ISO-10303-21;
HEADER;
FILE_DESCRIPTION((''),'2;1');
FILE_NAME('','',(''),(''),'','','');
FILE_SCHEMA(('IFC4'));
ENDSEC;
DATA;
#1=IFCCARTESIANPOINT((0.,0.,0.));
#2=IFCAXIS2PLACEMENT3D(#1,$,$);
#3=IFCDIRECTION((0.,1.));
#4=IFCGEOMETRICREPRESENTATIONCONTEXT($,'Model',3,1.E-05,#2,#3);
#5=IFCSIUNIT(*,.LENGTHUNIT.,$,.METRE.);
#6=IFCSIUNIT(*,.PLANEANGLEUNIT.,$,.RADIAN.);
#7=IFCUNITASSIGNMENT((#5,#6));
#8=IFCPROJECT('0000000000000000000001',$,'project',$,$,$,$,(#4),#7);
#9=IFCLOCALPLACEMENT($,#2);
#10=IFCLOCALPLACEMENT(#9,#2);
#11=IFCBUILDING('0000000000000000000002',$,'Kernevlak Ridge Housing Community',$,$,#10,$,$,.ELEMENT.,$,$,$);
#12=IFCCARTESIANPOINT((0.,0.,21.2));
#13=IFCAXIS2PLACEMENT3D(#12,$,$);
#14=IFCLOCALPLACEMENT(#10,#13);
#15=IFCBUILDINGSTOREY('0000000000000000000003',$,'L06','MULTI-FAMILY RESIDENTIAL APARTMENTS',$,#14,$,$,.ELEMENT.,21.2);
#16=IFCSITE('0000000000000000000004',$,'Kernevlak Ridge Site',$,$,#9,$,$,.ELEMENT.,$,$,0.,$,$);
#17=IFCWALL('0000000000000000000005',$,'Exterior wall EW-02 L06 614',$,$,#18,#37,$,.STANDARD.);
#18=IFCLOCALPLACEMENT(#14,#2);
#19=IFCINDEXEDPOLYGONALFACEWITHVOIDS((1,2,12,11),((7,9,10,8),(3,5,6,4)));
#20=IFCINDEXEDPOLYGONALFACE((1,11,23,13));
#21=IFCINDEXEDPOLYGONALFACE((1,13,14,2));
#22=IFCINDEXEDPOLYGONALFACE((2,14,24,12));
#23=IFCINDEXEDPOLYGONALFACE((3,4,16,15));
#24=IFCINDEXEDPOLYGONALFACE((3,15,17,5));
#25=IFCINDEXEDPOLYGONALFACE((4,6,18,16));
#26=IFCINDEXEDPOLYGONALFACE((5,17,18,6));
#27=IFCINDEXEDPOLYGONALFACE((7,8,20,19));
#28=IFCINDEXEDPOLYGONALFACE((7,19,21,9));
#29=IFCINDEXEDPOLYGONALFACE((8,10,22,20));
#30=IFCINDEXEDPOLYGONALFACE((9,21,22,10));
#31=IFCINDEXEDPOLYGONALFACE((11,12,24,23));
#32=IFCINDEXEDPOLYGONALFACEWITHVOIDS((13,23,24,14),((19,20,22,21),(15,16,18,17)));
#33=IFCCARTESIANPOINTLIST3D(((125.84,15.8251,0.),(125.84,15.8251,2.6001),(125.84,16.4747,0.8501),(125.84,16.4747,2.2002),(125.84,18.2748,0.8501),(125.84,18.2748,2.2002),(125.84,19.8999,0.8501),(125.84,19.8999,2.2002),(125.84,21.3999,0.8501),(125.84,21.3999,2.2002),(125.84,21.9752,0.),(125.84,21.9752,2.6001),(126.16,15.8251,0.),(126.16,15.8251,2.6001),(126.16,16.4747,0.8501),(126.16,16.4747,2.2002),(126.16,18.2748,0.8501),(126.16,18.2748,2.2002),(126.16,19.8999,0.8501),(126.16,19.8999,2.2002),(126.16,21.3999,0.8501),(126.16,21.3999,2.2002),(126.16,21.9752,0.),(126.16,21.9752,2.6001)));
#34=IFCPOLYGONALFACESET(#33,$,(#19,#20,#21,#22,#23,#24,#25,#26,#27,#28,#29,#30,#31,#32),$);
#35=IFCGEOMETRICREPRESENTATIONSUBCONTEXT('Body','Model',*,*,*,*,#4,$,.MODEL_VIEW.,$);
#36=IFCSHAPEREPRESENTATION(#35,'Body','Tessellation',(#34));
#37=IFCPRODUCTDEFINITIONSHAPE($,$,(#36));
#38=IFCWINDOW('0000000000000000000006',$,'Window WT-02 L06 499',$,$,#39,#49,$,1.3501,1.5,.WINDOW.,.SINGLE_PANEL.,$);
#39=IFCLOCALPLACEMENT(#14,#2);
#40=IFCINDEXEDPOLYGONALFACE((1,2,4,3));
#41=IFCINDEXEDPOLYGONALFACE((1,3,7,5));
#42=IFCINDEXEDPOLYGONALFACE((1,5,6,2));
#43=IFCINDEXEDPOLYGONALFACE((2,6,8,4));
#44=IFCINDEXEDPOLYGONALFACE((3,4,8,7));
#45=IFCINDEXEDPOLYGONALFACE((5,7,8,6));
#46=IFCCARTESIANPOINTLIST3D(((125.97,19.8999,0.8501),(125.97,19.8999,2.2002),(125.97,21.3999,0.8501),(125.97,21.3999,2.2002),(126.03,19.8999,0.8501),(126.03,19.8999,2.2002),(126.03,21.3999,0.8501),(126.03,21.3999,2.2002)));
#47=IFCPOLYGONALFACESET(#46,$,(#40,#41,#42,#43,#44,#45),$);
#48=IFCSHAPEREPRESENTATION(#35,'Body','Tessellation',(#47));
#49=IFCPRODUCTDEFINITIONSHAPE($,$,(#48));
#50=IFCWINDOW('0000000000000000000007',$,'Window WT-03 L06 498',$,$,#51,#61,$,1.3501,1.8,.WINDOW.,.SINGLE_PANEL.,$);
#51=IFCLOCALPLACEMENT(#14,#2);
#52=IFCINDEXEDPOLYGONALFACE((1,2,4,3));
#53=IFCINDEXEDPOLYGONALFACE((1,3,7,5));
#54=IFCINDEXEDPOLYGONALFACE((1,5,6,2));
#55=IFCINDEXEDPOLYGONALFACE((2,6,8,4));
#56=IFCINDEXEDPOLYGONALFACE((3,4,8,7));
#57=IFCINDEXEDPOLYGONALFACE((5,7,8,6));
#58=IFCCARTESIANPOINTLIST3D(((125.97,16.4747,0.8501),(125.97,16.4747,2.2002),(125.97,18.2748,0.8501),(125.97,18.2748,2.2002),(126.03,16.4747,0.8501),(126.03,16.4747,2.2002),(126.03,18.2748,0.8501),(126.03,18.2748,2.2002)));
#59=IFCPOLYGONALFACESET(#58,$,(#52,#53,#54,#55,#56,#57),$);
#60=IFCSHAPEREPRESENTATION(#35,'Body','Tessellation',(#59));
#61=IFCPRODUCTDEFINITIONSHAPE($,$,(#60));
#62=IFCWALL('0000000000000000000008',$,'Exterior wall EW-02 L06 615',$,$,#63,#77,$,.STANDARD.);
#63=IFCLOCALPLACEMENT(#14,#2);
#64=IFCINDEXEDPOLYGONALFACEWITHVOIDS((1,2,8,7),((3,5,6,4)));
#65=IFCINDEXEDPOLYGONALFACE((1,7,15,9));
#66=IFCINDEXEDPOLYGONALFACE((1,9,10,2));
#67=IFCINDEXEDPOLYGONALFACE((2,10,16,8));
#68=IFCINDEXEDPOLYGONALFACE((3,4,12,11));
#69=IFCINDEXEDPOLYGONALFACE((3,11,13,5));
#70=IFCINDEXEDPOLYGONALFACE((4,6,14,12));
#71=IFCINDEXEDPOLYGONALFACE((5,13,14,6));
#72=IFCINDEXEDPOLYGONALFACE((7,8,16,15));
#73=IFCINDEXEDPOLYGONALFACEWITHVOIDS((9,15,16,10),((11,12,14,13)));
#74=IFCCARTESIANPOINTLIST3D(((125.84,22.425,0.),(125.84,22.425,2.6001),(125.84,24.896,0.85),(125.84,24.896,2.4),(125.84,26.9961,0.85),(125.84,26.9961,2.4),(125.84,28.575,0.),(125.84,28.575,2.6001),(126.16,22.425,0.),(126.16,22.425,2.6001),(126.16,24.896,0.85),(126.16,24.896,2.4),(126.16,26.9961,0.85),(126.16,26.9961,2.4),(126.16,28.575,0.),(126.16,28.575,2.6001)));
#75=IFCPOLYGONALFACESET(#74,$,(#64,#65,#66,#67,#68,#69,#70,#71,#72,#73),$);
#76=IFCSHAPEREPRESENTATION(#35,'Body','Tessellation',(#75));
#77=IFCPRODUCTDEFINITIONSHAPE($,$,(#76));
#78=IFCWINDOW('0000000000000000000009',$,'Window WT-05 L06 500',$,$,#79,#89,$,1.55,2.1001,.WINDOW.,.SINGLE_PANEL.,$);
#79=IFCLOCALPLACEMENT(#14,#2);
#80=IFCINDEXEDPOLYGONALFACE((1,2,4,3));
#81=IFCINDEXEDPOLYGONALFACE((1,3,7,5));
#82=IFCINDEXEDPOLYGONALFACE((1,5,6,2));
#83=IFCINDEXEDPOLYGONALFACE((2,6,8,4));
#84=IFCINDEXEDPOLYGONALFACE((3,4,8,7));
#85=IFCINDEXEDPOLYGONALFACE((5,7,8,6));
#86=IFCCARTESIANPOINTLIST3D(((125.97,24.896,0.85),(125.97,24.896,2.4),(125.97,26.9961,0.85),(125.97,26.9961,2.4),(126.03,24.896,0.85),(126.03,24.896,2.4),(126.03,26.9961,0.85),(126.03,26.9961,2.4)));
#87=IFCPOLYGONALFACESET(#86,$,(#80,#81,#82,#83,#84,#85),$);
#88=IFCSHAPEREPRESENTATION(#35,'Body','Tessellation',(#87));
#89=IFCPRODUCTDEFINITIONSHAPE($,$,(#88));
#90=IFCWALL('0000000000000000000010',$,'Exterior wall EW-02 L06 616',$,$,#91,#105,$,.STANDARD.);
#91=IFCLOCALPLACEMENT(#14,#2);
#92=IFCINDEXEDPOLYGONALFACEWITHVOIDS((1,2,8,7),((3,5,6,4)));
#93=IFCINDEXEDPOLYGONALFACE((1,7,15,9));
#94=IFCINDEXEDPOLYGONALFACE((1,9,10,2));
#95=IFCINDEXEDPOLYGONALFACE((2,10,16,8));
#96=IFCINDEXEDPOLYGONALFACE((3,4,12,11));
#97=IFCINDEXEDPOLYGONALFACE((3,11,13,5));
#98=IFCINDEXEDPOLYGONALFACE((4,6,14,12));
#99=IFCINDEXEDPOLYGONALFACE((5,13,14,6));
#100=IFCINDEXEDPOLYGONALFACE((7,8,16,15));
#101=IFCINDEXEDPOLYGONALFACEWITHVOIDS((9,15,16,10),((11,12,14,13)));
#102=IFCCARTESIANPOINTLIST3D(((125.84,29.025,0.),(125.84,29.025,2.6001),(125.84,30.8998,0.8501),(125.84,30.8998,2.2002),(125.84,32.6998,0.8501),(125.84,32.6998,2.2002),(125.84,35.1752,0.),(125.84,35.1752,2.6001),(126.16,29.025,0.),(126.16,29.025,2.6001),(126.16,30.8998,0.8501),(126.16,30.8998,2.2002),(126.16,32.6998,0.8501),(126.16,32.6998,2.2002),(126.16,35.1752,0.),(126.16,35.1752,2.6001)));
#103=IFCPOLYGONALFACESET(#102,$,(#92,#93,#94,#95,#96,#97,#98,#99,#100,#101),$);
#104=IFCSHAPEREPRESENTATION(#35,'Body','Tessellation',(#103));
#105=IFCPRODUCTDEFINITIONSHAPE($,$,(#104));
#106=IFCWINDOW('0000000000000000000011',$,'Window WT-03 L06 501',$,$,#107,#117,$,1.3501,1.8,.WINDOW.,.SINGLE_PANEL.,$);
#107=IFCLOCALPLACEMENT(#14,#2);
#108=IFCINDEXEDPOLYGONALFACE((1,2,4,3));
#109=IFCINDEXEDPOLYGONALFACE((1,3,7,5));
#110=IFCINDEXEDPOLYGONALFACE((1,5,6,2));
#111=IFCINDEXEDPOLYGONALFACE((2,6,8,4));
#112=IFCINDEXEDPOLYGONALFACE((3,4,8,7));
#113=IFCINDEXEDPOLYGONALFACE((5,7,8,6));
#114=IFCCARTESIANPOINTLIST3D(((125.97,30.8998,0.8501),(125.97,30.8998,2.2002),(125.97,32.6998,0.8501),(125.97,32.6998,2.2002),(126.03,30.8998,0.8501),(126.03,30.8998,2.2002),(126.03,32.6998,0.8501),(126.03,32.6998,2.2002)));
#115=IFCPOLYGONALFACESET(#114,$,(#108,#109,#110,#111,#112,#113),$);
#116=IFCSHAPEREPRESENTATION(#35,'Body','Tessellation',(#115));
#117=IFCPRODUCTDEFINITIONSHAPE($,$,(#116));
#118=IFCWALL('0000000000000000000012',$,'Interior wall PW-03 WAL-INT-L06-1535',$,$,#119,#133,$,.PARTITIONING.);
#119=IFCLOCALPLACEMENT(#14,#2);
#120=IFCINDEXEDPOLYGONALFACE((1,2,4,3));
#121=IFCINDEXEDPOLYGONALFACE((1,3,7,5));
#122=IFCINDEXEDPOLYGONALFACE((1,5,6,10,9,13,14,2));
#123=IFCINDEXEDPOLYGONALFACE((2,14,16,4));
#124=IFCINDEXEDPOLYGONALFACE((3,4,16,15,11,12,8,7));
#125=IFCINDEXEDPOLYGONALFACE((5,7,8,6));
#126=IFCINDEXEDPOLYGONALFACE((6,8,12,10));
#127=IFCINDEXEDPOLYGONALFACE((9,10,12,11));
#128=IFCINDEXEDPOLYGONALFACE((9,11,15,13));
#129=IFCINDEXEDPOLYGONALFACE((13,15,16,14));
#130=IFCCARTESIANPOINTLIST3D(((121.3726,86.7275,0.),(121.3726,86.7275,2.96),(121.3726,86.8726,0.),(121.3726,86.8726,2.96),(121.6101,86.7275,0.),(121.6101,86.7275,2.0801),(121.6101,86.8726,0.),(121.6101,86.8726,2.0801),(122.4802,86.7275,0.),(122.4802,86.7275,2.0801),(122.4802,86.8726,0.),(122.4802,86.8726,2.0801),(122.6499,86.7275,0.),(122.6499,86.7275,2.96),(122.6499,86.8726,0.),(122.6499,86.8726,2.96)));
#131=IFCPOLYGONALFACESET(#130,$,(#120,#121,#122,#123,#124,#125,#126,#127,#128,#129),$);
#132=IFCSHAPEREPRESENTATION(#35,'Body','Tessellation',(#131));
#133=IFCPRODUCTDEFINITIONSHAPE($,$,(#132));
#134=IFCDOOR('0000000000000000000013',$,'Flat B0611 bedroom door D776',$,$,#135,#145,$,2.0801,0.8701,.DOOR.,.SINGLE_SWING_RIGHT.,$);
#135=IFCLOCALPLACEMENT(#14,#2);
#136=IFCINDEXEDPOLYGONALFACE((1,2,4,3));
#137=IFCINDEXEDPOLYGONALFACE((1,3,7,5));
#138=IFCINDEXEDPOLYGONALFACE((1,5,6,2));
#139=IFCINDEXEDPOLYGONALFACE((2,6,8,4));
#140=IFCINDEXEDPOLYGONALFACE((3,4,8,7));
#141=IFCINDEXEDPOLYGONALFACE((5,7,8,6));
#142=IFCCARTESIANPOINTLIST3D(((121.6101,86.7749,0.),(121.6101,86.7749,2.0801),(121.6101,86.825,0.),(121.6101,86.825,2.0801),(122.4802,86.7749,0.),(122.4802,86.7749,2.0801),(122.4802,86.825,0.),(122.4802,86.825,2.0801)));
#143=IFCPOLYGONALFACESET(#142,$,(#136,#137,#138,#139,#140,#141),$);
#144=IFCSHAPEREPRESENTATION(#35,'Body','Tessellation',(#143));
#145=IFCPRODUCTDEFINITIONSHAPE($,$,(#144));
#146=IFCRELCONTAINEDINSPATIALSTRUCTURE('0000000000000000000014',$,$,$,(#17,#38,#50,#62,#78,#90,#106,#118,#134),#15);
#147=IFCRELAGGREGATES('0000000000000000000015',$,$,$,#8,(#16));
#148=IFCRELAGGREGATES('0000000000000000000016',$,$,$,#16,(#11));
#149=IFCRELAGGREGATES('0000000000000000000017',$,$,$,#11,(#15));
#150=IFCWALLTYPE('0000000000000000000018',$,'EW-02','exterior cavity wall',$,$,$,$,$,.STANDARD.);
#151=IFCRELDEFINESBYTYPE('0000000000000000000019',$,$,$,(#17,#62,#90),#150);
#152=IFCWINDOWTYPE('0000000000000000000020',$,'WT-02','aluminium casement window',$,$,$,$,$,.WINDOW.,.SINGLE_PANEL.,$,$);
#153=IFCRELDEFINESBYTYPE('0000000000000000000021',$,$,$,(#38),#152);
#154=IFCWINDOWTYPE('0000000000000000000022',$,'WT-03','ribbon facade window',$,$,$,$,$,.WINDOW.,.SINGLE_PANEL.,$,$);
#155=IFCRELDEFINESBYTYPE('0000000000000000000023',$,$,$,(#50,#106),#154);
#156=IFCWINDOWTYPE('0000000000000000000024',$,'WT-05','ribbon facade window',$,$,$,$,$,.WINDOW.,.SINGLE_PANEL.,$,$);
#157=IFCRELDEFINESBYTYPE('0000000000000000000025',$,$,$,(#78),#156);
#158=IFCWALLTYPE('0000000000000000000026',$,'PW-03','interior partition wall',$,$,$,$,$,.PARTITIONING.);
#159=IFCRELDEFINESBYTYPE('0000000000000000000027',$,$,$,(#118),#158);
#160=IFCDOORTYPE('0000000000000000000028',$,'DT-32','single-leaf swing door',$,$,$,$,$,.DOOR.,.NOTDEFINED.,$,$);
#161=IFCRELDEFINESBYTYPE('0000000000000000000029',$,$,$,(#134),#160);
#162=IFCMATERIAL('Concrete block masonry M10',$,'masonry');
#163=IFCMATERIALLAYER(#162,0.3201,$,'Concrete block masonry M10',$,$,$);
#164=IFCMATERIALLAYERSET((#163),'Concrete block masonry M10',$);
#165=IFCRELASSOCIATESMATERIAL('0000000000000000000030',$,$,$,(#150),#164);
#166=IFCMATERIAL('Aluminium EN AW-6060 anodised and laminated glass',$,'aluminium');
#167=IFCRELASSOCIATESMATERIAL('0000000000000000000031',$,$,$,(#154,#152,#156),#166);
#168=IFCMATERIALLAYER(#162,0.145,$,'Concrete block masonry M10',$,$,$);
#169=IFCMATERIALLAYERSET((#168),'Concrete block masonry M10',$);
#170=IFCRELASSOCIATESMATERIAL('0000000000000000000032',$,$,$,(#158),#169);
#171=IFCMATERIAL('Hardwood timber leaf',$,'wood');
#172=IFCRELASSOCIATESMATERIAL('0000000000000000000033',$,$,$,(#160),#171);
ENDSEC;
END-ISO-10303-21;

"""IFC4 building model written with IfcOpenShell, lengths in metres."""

from ifc_helpers import new_model, si_unit, direction, frame, frame_2d, origin, place, context, subcontext, project, spatial, rectangle, extrude, material, layer, layer_set, type_object, element, fill, save


model = new_model("IFC4")

# Units and contexts
model_context = context("Model", 3, precision=1e-05, world=origin(), true_north=direction((0.0, 1.0)))
body_context = subcontext(model_context, "Body", "Model", "MODEL_VIEW")
ifc_project = project(units=[si_unit("LENGTHUNIT", "METRE"), si_unit("PLANEANGLEUNIT", "RADIAN")], contexts=[model_context])

# Site, building, storey
site_placement = place(None, origin())
site = spatial("IfcSite", under=ifc_project, at=site_placement, Name="Kernevlak Ridge Site", CompositionType="ELEMENT", RefElevation=0.0)
building_placement = place(site_placement, origin())
building = spatial("IfcBuilding", under=site, at=building_placement, Name="Kernevlak Ridge Housing Community", CompositionType="ELEMENT")
storey_placement = place(building_placement, frame((0.0, 0.0, 21.2)))
storey = spatial("IfcBuildingStorey", under=building, at=storey_placement, Name="L06", Description="MULTI-FAMILY RESIDENTIAL APARTMENTS", CompositionType="ELEMENT", Elevation=21.2)

# Shared definitions
ifc_material_1 = material(Name="Aluminium EN AW-6060 anodised and laminated glass", Category="aluminium")

# Shared definitions
ifc_material_2 = material(Name="Concrete block masonry M10", Category="masonry")
ifc_layer_1 = layer(ifc_material_2, 0.3201, Name="Concrete block masonry M10")
ifc_layer_set_1 = layer_set([ifc_layer_1], Name="Concrete block masonry M10")
wall_type_1 = type_object("IfcWallType", Name="EW-02", Description="exterior cavity wall", PredefinedType="STANDARD", material=ifc_layer_set_1)
window_type_1 = type_object("IfcWindowType", Name="WT-03", Description="ribbon facade window", PartitioningType="SINGLE_PANEL", PredefinedType="WINDOW", material=ifc_material_1)

# Wall, openings, windows
wall_1_placement = place(storey_placement, frame((126.0, 15.825, 0.0), z_axis=(0.0, 0.0, 1.0), x_axis=(0.0, 1.0, 0.0)))
wall_1 = element("IfcWall", 1, at=wall_1_placement, inside=storey, type_object=wall_type_1, Name="Exterior wall EW-02 L06 614", PredefinedType="STANDARD", context=body_context, shape_type="SweptSolid", body=[
    extrude(rectangle(XDim=6.1501, YDim=0.3201, at=frame_2d((3.0752, 0.0))), origin(), (0.0, 0.0, 1.0), 2.6001),
])
opening_1_placement = place(wall_1_placement, frame((0.6499, 0.0, 0.8501)))
opening_1 = element("IfcOpeningElement", 2, at=opening_1_placement, cuts=wall_1, PredefinedType="OPENING", context=body_context, shape_type="SweptSolid", body=[
    extrude(rectangle(XDim=1.8, YDim=1.3501, at=frame_2d((0.8999, 0.675))), frame((0.0, 0.1699, 0.0), z_axis=(0.0, -1.0, 0.0), x_axis=(1.0, 0.0, 0.0)), (0.0, 0.0, 1.0), 0.3401),
])
opening_2_placement = place(wall_1_placement, frame((4.075, 0.0, 0.8501)))
opening_2 = element("IfcOpeningElement", 3, at=opening_2_placement, cuts=wall_1, PredefinedType="OPENING", context=body_context, shape_type="SweptSolid", body=[
    extrude(rectangle(XDim=1.5, YDim=1.3501, at=frame_2d((0.75, 0.675))), frame((0.0, 0.1699, 0.0), z_axis=(0.0, -1.0, 0.0), x_axis=(1.0, 0.0, 0.0)), (0.0, 0.0, 1.0), 0.3401),
])
window_type_2 = type_object("IfcWindowType", Name="WT-02", Description="aluminium casement window", PartitioningType="SINGLE_PANEL", PredefinedType="WINDOW", material=ifc_material_1)
window_1_placement = place(opening_2_placement, origin())
window_1 = element("IfcWindow", 4, at=window_1_placement, inside=storey, type_object=window_type_2, Name="Window WT-02 L06 499", OverallHeight=1.3501, OverallWidth=1.5, PartitioningType="SINGLE_PANEL", PredefinedType="WINDOW", context=body_context, shape_type="SweptSolid", body=[
    extrude(rectangle(XDim=1.5, YDim=1.3501, at=frame_2d((0.75, 0.675))), frame((0.0, 0.03, 0.0), z_axis=(0.0, -1.0, 0.0), x_axis=(1.0, 0.0, 0.0)), (0.0, 0.0, 1.0), 0.0601),
])
fill(opening_2, window_1)
window_2_placement = place(opening_1_placement, origin())
window_2 = element("IfcWindow", 5, at=window_2_placement, inside=storey, type_object=window_type_1, Name="Window WT-03 L06 498", OverallHeight=1.3501, OverallWidth=1.8, PartitioningType="SINGLE_PANEL", PredefinedType="WINDOW", context=body_context, shape_type="SweptSolid", body=[
    extrude(rectangle(XDim=1.8, YDim=1.3501, at=frame_2d((0.8999, 0.675))), frame((0.0, 0.03, 0.0), z_axis=(0.0, -1.0, 0.0), x_axis=(1.0, 0.0, 0.0)), (0.0, 0.0, 1.0), 0.0601),
])
fill(opening_1, window_2)

# Walls, openings, windows
wall_2_placement = place(storey_placement, frame((126.0, 22.425, 0.0), z_axis=(0.0, 0.0, 1.0), x_axis=(0.0, 1.0, 0.0)))
wall_2 = element("IfcWall", 6, at=wall_2_placement, inside=storey, type_object=wall_type_1, Name="Exterior wall EW-02 L06 615", PredefinedType="STANDARD", context=body_context, shape_type="SweptSolid", body=[
    extrude(rectangle(XDim=6.1499, YDim=0.3201, at=frame_2d((3.075, 0.0))), origin(), (0.0, 0.0, 1.0), 2.6001),
])
opening_3_placement = place(wall_2_placement, frame((2.4709, 0.0, 0.8501)))
opening_3 = element("IfcOpeningElement", 7, at=opening_3_placement, cuts=wall_2, PredefinedType="OPENING", context=body_context, shape_type="SweptSolid", body=[
    extrude(rectangle(XDim=2.1001, YDim=1.55, at=frame_2d((1.05, 0.7749))), frame((0.0, 0.1699, 0.0), z_axis=(0.0, -1.0, 0.0), x_axis=(1.0, 0.0, 0.0)), (0.0, 0.0, 1.0), 0.3401),
])
window_type_3 = type_object("IfcWindowType", Name="WT-05", Description="ribbon facade window", PartitioningType="SINGLE_PANEL", PredefinedType="WINDOW", material=ifc_material_1)
window_3_placement = place(opening_3_placement, origin())
window_3 = element("IfcWindow", 8, at=window_3_placement, inside=storey, type_object=window_type_3, Name="Window WT-05 L06 500", OverallHeight=1.55, OverallWidth=2.1001, PartitioningType="SINGLE_PANEL", PredefinedType="WINDOW", context=body_context, shape_type="SweptSolid", body=[
    extrude(rectangle(XDim=2.1001, YDim=1.55, at=frame_2d((1.05, 0.7749))), frame((0.0, 0.03, 0.0), z_axis=(0.0, -1.0, 0.0), x_axis=(1.0, 0.0, 0.0)), (0.0, 0.0, 1.0), 0.0601),
])
fill(opening_3, window_3)
wall_3_placement = place(storey_placement, frame((126.0, 29.0249, 0.0), z_axis=(0.0, 0.0, 1.0), x_axis=(0.0, 1.0, 0.0)))
wall_3 = element("IfcWall", 9, at=wall_3_placement, inside=storey, type_object=wall_type_1, Name="Exterior wall EW-02 L06 616", PredefinedType="STANDARD", context=body_context, shape_type="SweptSolid", body=[
    extrude(rectangle(XDim=6.1501, YDim=0.3201, at=frame_2d((3.0752, 0.0))), origin(), (0.0, 0.0, 1.0), 2.6001),
])
opening_4_placement = place(wall_3_placement, frame((1.875, 0.0, 0.8501)))
opening_4 = element("IfcOpeningElement", 10, at=opening_4_placement, cuts=wall_3, PredefinedType="OPENING", context=body_context, shape_type="SweptSolid", body=[
    extrude(rectangle(XDim=1.8, YDim=1.3501, at=frame_2d((0.8999, 0.675))), frame((0.0, 0.1699, 0.0), z_axis=(0.0, -1.0, 0.0), x_axis=(1.0, 0.0, 0.0)), (0.0, 0.0, 1.0), 0.3401),
])
window_4_placement = place(opening_4_placement, origin())
window_4 = element("IfcWindow", 11, at=window_4_placement, inside=storey, type_object=window_type_1, Name="Window WT-03 L06 501", OverallHeight=1.3501, OverallWidth=1.8, PartitioningType="SINGLE_PANEL", PredefinedType="WINDOW", context=body_context, shape_type="SweptSolid", body=[
    extrude(rectangle(XDim=1.8, YDim=1.3501, at=frame_2d((0.8999, 0.675))), frame((0.0, 0.03, 0.0), z_axis=(0.0, -1.0, 0.0), x_axis=(1.0, 0.0, 0.0)), (0.0, 0.0, 1.0), 0.0601),
])
fill(opening_4, window_4)

# Wall, opening, door
ifc_layer_2 = layer(ifc_material_2, 0.145, Name="Concrete block masonry M10")
ifc_layer_set_2 = layer_set([ifc_layer_2], Name="Concrete block masonry M10")
wall_type_2 = type_object("IfcWallType", Name="PW-03", Description="interior partition wall", PredefinedType="PARTITIONING", material=ifc_layer_set_2)
wall_4_placement = place(storey_placement, frame((121.3726, 86.8, 0.0), z_axis=(0.0, 0.0, 1.0), x_axis=(1.0, 0.0, 0.0)))
wall_4 = element("IfcWall", 12, at=wall_4_placement, inside=storey, type_object=wall_type_2, Name="Interior wall PW-03 WAL-INT-L06-1535", PredefinedType="PARTITIONING", context=body_context, shape_type="SweptSolid", body=[
    extrude(rectangle(XDim=1.2773, YDim=0.145, at=frame_2d((0.6387, 0.0))), origin(), (0.0, 0.0, 1.0), 2.96),
])
opening_5_placement = place(wall_4_placement, frame((0.2375, 0.0, 0.0)))
opening_5 = element("IfcOpeningElement", 13, at=opening_5_placement, cuts=wall_4, PredefinedType="OPENING", context=body_context, shape_type="SweptSolid", body=[
    extrude(rectangle(XDim=0.8701, YDim=2.0801, at=frame_2d((0.4351, 1.04))), frame((0.0, 0.0825, 0.0), z_axis=(0.0, -1.0, 0.0), x_axis=(1.0, 0.0, 0.0)), (0.0, 0.0, 1.0), 0.165),
])
ifc_material_3 = material(Name="Hardwood timber leaf", Category="wood")
door_type_1 = type_object("IfcDoorType", Name="DT-32", Description="single-leaf swing door", OperationType="NOTDEFINED", PredefinedType="DOOR", material=ifc_material_3)
door_1_placement = place(opening_5_placement, origin())
door_1 = element("IfcDoor", 14, at=door_1_placement, inside=storey, type_object=door_type_1, Name="Flat B0611 bedroom door D776", OperationType="SINGLE_SWING_RIGHT", OverallHeight=2.0801, OverallWidth=0.8701, PredefinedType="DOOR", context=body_context, shape_type="SweptSolid", body=[
    extrude(rectangle(XDim=0.8701, YDim=2.0801, at=frame_2d((0.4351, 1.04))), frame((0.0, 0.0249, 0.0), z_axis=(0.0, -1.0, 0.0), x_axis=(1.0, 0.0, 0.0)), (0.0, 0.0, 1.0), 0.05),
])
fill(opening_5, door_1)

save(model, "model.ifc")
